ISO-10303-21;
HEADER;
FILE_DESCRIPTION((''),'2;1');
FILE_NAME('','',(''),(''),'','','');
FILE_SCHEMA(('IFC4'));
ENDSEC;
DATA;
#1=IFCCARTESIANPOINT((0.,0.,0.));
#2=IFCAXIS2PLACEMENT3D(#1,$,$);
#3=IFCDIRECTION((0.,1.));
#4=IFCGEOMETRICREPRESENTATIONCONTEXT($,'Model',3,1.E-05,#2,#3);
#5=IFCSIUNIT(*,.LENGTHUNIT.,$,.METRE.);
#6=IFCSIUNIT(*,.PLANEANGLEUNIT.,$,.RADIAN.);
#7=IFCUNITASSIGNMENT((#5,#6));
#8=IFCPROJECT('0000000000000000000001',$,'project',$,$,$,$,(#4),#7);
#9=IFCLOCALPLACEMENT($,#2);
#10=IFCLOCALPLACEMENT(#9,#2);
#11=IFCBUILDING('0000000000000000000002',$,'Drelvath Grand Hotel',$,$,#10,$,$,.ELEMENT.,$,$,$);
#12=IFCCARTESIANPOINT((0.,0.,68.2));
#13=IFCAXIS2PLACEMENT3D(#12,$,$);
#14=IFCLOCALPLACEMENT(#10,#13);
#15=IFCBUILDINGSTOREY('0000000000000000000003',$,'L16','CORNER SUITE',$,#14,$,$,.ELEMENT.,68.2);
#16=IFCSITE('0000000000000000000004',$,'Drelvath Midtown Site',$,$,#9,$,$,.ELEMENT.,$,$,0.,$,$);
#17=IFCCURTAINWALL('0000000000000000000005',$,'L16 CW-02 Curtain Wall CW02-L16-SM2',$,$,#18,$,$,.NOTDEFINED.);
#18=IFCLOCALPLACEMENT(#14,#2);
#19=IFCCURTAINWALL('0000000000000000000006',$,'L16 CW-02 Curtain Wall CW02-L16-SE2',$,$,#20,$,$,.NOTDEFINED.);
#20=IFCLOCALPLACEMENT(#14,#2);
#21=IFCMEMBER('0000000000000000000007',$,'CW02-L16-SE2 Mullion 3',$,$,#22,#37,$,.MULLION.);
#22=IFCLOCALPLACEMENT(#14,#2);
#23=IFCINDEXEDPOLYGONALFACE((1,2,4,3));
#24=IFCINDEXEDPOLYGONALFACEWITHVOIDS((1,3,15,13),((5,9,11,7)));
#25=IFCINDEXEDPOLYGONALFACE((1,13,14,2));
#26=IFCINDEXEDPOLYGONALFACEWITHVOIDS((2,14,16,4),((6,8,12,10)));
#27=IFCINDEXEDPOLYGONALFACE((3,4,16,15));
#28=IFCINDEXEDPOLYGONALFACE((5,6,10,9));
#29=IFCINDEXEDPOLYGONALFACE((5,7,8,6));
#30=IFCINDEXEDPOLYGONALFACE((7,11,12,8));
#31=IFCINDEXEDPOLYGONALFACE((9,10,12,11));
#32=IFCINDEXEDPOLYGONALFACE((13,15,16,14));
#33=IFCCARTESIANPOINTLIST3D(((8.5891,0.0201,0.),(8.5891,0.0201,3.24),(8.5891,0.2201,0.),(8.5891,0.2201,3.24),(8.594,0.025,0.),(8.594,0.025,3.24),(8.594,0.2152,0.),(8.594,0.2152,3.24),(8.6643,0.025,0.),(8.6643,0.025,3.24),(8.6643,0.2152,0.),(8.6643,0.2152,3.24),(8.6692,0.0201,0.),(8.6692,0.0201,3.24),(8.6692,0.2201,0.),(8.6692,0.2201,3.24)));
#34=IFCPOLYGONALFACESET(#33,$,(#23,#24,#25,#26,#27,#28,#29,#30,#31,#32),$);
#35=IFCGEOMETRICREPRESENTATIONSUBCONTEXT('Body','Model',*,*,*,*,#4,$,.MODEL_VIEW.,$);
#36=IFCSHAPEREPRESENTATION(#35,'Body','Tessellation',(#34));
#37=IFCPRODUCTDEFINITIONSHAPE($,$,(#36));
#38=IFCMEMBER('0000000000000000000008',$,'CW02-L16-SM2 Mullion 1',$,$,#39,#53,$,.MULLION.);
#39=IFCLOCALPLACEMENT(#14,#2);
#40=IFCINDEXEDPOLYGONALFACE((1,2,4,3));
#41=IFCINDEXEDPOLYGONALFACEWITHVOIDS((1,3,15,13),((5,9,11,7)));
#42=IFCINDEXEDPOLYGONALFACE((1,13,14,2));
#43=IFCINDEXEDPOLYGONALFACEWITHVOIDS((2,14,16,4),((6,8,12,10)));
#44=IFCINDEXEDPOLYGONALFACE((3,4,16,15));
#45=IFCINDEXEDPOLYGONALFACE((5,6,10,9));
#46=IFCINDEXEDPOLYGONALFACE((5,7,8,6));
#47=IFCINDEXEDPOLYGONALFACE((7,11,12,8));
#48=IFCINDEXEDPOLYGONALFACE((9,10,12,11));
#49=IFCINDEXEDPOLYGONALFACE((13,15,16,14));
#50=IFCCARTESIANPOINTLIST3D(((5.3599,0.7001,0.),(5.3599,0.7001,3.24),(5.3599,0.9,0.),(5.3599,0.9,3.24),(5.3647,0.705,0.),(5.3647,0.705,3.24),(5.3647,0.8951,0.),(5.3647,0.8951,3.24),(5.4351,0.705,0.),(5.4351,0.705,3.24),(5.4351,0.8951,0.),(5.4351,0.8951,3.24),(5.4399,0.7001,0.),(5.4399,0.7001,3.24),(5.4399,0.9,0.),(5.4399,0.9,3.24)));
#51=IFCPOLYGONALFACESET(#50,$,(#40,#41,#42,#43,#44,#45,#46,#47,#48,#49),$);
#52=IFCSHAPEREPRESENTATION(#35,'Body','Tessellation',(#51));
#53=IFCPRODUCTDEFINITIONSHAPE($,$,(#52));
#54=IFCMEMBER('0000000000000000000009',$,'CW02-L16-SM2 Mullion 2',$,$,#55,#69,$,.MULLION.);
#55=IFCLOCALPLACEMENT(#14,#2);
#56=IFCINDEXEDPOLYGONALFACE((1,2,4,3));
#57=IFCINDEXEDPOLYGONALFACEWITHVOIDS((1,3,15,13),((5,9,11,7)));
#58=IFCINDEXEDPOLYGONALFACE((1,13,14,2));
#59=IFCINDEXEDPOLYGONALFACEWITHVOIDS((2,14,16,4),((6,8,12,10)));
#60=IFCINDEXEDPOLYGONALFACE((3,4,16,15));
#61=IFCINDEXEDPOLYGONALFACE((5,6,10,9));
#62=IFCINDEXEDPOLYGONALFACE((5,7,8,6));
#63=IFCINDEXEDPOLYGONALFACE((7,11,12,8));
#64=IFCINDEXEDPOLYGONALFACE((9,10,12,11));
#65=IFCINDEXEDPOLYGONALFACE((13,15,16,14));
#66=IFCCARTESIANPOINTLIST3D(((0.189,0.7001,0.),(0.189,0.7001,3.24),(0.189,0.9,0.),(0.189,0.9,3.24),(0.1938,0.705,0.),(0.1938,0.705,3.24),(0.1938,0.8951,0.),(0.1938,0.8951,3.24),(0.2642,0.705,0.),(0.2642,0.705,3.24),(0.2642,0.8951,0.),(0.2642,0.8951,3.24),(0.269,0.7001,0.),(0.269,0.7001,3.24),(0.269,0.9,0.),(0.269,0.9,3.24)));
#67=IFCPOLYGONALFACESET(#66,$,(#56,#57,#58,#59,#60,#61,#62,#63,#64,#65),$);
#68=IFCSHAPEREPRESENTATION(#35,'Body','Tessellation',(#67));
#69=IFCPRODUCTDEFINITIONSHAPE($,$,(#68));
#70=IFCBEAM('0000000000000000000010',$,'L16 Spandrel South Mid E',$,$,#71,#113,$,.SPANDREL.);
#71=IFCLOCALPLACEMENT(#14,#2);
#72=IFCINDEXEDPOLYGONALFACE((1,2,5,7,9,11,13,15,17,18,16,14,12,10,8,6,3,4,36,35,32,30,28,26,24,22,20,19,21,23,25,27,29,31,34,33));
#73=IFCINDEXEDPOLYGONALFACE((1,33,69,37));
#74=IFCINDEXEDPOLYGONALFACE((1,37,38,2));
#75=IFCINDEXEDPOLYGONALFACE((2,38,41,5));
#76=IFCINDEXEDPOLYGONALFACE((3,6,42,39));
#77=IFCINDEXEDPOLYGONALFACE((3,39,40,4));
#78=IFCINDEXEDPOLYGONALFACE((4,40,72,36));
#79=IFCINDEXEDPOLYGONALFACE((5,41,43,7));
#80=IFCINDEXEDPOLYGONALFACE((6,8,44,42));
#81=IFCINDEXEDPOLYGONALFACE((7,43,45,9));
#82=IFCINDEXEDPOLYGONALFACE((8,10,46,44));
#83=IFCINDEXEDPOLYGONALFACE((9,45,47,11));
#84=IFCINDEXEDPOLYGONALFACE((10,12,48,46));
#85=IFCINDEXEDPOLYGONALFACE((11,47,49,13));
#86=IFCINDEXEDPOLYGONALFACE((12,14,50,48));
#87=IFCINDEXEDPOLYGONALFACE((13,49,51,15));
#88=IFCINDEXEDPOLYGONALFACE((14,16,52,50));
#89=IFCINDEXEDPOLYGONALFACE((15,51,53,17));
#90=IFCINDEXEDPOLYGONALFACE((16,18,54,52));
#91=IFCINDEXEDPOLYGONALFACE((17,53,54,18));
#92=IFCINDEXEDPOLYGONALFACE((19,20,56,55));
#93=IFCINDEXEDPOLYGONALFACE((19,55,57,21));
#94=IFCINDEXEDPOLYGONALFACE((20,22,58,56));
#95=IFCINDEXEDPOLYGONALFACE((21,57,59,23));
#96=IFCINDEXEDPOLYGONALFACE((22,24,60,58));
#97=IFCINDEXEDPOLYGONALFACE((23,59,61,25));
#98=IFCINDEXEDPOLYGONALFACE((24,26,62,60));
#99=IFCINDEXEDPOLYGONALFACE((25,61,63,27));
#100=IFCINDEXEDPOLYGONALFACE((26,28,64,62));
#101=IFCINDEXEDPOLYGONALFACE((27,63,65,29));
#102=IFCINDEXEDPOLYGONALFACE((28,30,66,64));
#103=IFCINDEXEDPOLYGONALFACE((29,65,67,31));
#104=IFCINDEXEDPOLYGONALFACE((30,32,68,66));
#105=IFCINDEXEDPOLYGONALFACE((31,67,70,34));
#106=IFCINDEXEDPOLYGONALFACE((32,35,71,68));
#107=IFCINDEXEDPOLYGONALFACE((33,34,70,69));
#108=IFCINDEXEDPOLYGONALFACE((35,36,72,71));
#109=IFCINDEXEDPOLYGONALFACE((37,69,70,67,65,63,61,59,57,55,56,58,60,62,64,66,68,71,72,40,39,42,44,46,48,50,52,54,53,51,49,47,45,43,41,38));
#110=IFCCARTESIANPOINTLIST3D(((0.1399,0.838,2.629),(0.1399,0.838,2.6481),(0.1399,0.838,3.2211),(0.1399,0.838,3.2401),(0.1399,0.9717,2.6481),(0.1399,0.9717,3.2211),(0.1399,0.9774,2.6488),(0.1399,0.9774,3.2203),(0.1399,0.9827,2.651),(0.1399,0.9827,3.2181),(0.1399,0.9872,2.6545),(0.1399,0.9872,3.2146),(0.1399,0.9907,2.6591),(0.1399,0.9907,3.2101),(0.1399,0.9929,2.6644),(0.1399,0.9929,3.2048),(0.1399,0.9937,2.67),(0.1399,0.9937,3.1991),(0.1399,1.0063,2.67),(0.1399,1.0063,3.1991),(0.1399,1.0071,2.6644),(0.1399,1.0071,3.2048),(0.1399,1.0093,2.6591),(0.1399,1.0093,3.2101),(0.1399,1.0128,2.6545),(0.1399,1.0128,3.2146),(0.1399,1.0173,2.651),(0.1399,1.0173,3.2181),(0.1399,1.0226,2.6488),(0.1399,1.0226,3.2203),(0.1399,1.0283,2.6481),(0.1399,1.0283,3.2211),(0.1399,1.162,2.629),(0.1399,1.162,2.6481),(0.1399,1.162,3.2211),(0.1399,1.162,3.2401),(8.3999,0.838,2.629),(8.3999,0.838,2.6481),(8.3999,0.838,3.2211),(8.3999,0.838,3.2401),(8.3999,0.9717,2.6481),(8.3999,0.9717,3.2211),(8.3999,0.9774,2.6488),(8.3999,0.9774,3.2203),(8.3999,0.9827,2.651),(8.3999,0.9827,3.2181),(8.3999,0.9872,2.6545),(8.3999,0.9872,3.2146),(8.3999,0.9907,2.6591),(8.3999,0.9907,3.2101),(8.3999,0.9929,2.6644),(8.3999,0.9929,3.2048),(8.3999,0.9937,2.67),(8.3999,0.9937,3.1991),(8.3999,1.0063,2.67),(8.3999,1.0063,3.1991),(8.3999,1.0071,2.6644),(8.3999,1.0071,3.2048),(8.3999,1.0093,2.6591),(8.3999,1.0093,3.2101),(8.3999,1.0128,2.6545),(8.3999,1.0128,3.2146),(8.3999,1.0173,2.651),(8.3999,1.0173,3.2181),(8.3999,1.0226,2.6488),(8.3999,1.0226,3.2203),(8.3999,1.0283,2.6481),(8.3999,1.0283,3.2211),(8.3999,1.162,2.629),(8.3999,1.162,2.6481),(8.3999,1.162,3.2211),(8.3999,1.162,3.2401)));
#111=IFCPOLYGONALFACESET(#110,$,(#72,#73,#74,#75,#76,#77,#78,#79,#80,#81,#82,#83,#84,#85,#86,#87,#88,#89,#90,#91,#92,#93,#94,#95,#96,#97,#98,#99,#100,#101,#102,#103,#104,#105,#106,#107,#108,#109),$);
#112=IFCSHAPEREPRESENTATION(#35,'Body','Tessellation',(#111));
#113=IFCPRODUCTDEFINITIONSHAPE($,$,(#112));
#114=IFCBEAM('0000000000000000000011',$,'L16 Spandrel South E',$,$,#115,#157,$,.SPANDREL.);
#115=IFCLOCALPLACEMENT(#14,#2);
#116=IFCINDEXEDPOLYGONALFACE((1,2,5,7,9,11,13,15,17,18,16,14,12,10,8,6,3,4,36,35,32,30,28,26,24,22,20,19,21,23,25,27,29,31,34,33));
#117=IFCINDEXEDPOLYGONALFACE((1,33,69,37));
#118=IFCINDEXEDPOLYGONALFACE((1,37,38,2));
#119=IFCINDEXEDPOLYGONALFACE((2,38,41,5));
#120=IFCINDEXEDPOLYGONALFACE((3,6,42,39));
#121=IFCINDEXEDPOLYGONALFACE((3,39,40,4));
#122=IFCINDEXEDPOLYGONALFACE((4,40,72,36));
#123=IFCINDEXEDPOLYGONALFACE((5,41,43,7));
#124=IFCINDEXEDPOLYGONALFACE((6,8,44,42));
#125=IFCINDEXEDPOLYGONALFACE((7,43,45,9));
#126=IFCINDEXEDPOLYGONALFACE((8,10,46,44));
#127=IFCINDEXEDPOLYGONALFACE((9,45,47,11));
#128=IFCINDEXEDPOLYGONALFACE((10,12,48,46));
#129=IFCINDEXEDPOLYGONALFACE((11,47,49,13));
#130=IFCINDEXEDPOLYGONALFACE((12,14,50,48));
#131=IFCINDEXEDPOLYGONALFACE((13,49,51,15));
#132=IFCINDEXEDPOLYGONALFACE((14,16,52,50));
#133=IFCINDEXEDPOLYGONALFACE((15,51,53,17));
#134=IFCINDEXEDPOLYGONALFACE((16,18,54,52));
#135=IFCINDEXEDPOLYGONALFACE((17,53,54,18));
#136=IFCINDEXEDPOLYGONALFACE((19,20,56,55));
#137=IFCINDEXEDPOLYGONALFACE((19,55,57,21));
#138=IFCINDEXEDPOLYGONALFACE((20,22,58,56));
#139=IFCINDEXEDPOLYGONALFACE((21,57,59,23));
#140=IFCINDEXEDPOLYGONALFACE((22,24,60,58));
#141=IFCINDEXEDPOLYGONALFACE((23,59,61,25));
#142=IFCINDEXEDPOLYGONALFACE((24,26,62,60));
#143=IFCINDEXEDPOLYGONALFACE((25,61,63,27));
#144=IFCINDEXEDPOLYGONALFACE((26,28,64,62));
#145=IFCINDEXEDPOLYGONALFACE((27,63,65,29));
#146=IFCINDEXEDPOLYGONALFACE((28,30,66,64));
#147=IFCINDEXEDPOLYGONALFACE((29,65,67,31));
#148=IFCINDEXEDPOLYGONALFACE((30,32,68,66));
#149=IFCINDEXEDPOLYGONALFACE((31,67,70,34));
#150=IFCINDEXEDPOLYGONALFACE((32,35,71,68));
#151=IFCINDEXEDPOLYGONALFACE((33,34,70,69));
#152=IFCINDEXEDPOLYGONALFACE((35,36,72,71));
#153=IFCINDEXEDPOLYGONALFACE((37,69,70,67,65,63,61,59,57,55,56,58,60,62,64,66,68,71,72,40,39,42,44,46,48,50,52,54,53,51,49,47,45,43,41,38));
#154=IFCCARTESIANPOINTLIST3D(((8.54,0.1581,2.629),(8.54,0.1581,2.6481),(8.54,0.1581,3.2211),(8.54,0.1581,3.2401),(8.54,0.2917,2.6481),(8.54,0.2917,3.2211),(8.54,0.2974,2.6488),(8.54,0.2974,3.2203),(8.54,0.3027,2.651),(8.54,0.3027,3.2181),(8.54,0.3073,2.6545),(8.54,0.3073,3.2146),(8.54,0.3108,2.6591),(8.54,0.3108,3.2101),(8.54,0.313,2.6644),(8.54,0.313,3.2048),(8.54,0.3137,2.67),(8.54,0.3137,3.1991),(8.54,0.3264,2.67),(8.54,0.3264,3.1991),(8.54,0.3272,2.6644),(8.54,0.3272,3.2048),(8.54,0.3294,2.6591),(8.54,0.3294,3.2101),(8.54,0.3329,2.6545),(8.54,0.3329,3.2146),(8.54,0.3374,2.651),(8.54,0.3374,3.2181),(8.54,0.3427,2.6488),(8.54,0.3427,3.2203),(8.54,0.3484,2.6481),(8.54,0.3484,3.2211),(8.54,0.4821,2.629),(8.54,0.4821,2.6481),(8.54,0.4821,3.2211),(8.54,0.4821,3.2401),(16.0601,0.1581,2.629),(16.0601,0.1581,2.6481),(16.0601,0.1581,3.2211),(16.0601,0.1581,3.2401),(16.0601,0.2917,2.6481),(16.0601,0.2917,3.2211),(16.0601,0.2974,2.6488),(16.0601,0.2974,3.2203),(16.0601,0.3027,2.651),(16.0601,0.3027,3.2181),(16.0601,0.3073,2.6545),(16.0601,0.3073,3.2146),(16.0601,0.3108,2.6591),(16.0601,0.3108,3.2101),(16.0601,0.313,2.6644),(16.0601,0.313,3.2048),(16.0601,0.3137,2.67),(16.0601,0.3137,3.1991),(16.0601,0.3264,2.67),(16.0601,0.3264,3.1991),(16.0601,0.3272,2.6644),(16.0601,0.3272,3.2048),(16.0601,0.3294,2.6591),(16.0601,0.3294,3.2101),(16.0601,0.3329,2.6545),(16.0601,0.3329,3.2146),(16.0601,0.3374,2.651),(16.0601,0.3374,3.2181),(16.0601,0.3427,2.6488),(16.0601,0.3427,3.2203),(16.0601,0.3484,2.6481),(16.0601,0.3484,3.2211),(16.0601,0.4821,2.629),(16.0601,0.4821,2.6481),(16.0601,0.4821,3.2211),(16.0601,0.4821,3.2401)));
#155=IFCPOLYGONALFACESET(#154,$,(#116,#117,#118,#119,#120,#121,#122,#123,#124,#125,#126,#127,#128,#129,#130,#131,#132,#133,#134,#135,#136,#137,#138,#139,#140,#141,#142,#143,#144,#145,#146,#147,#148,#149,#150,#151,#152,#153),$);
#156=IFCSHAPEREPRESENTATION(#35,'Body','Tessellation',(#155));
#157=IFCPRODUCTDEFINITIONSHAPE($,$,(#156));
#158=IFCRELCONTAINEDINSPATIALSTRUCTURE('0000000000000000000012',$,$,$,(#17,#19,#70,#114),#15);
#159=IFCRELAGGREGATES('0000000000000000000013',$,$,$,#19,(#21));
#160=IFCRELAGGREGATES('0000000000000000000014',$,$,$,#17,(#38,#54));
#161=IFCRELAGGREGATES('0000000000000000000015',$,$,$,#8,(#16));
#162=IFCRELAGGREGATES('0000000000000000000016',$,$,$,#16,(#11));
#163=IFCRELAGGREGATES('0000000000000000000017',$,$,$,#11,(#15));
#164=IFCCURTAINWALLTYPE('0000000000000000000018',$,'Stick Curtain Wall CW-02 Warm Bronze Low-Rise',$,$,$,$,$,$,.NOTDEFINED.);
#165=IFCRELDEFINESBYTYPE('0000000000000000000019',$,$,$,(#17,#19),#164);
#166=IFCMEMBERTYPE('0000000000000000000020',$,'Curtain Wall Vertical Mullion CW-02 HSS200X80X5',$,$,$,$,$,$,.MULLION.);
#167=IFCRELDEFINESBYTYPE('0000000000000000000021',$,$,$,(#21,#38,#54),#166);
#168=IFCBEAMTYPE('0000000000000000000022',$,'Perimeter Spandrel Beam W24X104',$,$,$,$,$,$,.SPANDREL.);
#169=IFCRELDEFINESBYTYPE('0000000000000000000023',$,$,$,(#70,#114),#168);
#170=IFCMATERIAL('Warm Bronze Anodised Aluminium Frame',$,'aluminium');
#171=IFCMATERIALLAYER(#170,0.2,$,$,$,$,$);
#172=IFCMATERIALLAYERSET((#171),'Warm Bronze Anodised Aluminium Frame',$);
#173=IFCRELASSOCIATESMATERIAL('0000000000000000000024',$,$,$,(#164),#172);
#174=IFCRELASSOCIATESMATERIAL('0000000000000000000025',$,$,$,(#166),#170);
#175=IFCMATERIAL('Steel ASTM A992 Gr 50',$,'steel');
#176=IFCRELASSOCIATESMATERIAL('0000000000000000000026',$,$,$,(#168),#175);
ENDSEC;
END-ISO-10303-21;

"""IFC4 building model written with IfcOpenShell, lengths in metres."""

from ifc_helpers import new_model, si_unit, direction, frame, origin, origin_2d, place, context, subcontext, project, spatial, hollow_rectangle, i_section, extrude, material, layer, layer_set, material_profile, profile_set, type_object, element, aggregate, save


model = new_model("IFC4")

# Units and contexts
model_context = context("Model", 3, precision=1e-05, world=origin(), true_north=direction((0.0, 1.0)))
body_context = subcontext(model_context, "Body", "Model", "MODEL_VIEW")
ifc_project = project(units=[si_unit("LENGTHUNIT", "METRE"), si_unit("PLANEANGLEUNIT", "RADIAN")], contexts=[model_context])

# Site, building, storey
site_placement = place(None, origin())
site = spatial("IfcSite", under=ifc_project, at=site_placement, Name="Drelvath Midtown Site", CompositionType="ELEMENT", RefElevation=0.0)
building_placement = place(site_placement, origin())
building = spatial("IfcBuilding", under=site, at=building_placement, Name="Drelvath Grand Hotel", CompositionType="ELEMENT")
storey_placement = place(building_placement, frame((0.0, 0.0, 68.2)))
storey = spatial("IfcBuildingStorey", under=building, at=storey_placement, Name="L16", Description="CORNER SUITE", CompositionType="ELEMENT", Elevation=68.2)

# Curtain wall
ifc_material_1 = material(Name="Warm Bronze Anodised Aluminium Frame", Category="aluminium")
ifc_layer_1 = layer(ifc_material_1, 0.2)
ifc_layer_set_1 = layer_set([ifc_layer_1], Name="Warm Bronze Anodised Aluminium Frame")
curtain_wall_type = type_object("IfcCurtainWallType", Name="Stick Curtain Wall CW-02 Warm Bronze Low-Rise", PredefinedType="NOTDEFINED", material=ifc_layer_set_1)
curtain_wall_1_placement = place(storey_placement, origin())
curtain_wall_1 = element("IfcCurtainWall", 1, at=curtain_wall_1_placement, inside=storey, type_object=curtain_wall_type, Name="L16 CW-02 Curtain Wall CW02-L16-SM2", PredefinedType="NOTDEFINED")

# Shared definitions
ifc_material_profile_1 = material_profile(ifc_material_1, hollow_rectangle(XDim=0.0801, YDim=0.2, WallThickness=0.0049, at=origin_2d()), Name="HSS200X80X5")
ifc_profile_set_1 = profile_set([ifc_material_profile_1], Name="Warm Bronze Anodised Aluminium Frame")
member_type_1 = type_object("IfcMemberType", Name="Curtain Wall Vertical Mullion CW-02 HSS200X80X5", PredefinedType="MULLION", material=ifc_profile_set_1)

# Curtain wall, member
curtain_wall_2_placement = place(storey_placement, origin())
curtain_wall_2 = element("IfcCurtainWall", 2, at=curtain_wall_2_placement, inside=storey, type_object=curtain_wall_type, Name="L16 CW-02 Curtain Wall CW02-L16-SE2", PredefinedType="NOTDEFINED")
member_1_placement = place(storey_placement, frame((8.6292, 0.1201, 0.0), z_axis=(0.0, 0.0, 1.0), x_axis=(1.0, 0.0, 0.0)))
member_1 = element("IfcMember", 3, at=member_1_placement, type_object=member_type_1, Name="CW02-L16-SE2 Mullion 3", PredefinedType="MULLION", context=body_context, shape_type="SweptSolid", body=[
    extrude(hollow_rectangle(XDim=0.0801, YDim=0.2, WallThickness=0.0049, at=origin_2d()), origin(), (0.0, 0.0, 1.0), 3.24),
])

# Members
member_2_placement = place(storey_placement, frame((5.3999, 0.8, 0.0), z_axis=(0.0, 0.0, 1.0), x_axis=(1.0, 0.0, 0.0)))
member_2 = element("IfcMember", 4, at=member_2_placement, type_object=member_type_1, Name="CW02-L16-SM2 Mullion 1", PredefinedType="MULLION", context=body_context, shape_type="SweptSolid", body=[
    extrude(hollow_rectangle(XDim=0.0801, YDim=0.2, WallThickness=0.0049, at=origin_2d()), origin(), (0.0, 0.0, 1.0), 3.24),
])
member_3_placement = place(storey_placement, frame((0.229, 0.8, 0.0), z_axis=(0.0, 0.0, 1.0), x_axis=(1.0, 0.0, 0.0)))
member_3 = element("IfcMember", 5, at=member_3_placement, type_object=member_type_1, Name="CW02-L16-SM2 Mullion 2", PredefinedType="MULLION", context=body_context, shape_type="SweptSolid", body=[
    extrude(hollow_rectangle(XDim=0.0801, YDim=0.2, WallThickness=0.0049, at=origin_2d()), origin(), (0.0, 0.0, 1.0), 3.24),
])

# Beams
ifc_material_2 = material(Name="Steel ASTM A992 Gr 50", Category="steel")
ifc_material_profile_2 = material_profile(ifc_material_2, i_section(OverallWidth=0.324, OverallDepth=0.6111, WebThickness=0.0127, FlangeThickness=0.019, FilletRadius=0.022, at=origin_2d()), Name="W24X104")
ifc_profile_set_2 = profile_set([ifc_material_profile_2], Name="Steel ASTM A992 Gr 50")
beam_type_1 = type_object("IfcBeamType", Name="Perimeter Spandrel Beam W24X104", PredefinedType="SPANDREL", material=ifc_profile_set_2)
beam_1_placement = place(storey_placement, frame((0.1399, 1.0, 2.9346), z_axis=(1.0, 0.0, 0.0), x_axis=(0.0, 1.0, 0.0)))
element("IfcBeam", 6, at=beam_1_placement, inside=storey, type_object=beam_type_1, Name="L16 Spandrel South Mid E", PredefinedType="SPANDREL", context=body_context, shape_type="SweptSolid", body=[
    extrude(i_section(OverallWidth=0.324, OverallDepth=0.6111, WebThickness=0.0127, FlangeThickness=0.019, FilletRadius=0.022, at=origin_2d()), origin(), (0.0, 0.0, 1.0), 8.26),
])
beam_2_placement = place(storey_placement, frame((8.54, 0.3201, 2.9346), z_axis=(1.0, 0.0, 0.0), x_axis=(0.0, 1.0, 0.0)))
element("IfcBeam", 7, at=beam_2_placement, inside=storey, type_object=beam_type_1, Name="L16 Spandrel South E", PredefinedType="SPANDREL", context=body_context, shape_type="SweptSolid", body=[
    extrude(i_section(OverallWidth=0.324, OverallDepth=0.6111, WebThickness=0.0127, FlangeThickness=0.019, FilletRadius=0.022, at=origin_2d()), origin(), (0.0, 0.0, 1.0), 7.52),
])

aggregate(curtain_wall_2, [member_1])
aggregate(curtain_wall_1, [member_2, member_3])

save(model, "model.ifc")
